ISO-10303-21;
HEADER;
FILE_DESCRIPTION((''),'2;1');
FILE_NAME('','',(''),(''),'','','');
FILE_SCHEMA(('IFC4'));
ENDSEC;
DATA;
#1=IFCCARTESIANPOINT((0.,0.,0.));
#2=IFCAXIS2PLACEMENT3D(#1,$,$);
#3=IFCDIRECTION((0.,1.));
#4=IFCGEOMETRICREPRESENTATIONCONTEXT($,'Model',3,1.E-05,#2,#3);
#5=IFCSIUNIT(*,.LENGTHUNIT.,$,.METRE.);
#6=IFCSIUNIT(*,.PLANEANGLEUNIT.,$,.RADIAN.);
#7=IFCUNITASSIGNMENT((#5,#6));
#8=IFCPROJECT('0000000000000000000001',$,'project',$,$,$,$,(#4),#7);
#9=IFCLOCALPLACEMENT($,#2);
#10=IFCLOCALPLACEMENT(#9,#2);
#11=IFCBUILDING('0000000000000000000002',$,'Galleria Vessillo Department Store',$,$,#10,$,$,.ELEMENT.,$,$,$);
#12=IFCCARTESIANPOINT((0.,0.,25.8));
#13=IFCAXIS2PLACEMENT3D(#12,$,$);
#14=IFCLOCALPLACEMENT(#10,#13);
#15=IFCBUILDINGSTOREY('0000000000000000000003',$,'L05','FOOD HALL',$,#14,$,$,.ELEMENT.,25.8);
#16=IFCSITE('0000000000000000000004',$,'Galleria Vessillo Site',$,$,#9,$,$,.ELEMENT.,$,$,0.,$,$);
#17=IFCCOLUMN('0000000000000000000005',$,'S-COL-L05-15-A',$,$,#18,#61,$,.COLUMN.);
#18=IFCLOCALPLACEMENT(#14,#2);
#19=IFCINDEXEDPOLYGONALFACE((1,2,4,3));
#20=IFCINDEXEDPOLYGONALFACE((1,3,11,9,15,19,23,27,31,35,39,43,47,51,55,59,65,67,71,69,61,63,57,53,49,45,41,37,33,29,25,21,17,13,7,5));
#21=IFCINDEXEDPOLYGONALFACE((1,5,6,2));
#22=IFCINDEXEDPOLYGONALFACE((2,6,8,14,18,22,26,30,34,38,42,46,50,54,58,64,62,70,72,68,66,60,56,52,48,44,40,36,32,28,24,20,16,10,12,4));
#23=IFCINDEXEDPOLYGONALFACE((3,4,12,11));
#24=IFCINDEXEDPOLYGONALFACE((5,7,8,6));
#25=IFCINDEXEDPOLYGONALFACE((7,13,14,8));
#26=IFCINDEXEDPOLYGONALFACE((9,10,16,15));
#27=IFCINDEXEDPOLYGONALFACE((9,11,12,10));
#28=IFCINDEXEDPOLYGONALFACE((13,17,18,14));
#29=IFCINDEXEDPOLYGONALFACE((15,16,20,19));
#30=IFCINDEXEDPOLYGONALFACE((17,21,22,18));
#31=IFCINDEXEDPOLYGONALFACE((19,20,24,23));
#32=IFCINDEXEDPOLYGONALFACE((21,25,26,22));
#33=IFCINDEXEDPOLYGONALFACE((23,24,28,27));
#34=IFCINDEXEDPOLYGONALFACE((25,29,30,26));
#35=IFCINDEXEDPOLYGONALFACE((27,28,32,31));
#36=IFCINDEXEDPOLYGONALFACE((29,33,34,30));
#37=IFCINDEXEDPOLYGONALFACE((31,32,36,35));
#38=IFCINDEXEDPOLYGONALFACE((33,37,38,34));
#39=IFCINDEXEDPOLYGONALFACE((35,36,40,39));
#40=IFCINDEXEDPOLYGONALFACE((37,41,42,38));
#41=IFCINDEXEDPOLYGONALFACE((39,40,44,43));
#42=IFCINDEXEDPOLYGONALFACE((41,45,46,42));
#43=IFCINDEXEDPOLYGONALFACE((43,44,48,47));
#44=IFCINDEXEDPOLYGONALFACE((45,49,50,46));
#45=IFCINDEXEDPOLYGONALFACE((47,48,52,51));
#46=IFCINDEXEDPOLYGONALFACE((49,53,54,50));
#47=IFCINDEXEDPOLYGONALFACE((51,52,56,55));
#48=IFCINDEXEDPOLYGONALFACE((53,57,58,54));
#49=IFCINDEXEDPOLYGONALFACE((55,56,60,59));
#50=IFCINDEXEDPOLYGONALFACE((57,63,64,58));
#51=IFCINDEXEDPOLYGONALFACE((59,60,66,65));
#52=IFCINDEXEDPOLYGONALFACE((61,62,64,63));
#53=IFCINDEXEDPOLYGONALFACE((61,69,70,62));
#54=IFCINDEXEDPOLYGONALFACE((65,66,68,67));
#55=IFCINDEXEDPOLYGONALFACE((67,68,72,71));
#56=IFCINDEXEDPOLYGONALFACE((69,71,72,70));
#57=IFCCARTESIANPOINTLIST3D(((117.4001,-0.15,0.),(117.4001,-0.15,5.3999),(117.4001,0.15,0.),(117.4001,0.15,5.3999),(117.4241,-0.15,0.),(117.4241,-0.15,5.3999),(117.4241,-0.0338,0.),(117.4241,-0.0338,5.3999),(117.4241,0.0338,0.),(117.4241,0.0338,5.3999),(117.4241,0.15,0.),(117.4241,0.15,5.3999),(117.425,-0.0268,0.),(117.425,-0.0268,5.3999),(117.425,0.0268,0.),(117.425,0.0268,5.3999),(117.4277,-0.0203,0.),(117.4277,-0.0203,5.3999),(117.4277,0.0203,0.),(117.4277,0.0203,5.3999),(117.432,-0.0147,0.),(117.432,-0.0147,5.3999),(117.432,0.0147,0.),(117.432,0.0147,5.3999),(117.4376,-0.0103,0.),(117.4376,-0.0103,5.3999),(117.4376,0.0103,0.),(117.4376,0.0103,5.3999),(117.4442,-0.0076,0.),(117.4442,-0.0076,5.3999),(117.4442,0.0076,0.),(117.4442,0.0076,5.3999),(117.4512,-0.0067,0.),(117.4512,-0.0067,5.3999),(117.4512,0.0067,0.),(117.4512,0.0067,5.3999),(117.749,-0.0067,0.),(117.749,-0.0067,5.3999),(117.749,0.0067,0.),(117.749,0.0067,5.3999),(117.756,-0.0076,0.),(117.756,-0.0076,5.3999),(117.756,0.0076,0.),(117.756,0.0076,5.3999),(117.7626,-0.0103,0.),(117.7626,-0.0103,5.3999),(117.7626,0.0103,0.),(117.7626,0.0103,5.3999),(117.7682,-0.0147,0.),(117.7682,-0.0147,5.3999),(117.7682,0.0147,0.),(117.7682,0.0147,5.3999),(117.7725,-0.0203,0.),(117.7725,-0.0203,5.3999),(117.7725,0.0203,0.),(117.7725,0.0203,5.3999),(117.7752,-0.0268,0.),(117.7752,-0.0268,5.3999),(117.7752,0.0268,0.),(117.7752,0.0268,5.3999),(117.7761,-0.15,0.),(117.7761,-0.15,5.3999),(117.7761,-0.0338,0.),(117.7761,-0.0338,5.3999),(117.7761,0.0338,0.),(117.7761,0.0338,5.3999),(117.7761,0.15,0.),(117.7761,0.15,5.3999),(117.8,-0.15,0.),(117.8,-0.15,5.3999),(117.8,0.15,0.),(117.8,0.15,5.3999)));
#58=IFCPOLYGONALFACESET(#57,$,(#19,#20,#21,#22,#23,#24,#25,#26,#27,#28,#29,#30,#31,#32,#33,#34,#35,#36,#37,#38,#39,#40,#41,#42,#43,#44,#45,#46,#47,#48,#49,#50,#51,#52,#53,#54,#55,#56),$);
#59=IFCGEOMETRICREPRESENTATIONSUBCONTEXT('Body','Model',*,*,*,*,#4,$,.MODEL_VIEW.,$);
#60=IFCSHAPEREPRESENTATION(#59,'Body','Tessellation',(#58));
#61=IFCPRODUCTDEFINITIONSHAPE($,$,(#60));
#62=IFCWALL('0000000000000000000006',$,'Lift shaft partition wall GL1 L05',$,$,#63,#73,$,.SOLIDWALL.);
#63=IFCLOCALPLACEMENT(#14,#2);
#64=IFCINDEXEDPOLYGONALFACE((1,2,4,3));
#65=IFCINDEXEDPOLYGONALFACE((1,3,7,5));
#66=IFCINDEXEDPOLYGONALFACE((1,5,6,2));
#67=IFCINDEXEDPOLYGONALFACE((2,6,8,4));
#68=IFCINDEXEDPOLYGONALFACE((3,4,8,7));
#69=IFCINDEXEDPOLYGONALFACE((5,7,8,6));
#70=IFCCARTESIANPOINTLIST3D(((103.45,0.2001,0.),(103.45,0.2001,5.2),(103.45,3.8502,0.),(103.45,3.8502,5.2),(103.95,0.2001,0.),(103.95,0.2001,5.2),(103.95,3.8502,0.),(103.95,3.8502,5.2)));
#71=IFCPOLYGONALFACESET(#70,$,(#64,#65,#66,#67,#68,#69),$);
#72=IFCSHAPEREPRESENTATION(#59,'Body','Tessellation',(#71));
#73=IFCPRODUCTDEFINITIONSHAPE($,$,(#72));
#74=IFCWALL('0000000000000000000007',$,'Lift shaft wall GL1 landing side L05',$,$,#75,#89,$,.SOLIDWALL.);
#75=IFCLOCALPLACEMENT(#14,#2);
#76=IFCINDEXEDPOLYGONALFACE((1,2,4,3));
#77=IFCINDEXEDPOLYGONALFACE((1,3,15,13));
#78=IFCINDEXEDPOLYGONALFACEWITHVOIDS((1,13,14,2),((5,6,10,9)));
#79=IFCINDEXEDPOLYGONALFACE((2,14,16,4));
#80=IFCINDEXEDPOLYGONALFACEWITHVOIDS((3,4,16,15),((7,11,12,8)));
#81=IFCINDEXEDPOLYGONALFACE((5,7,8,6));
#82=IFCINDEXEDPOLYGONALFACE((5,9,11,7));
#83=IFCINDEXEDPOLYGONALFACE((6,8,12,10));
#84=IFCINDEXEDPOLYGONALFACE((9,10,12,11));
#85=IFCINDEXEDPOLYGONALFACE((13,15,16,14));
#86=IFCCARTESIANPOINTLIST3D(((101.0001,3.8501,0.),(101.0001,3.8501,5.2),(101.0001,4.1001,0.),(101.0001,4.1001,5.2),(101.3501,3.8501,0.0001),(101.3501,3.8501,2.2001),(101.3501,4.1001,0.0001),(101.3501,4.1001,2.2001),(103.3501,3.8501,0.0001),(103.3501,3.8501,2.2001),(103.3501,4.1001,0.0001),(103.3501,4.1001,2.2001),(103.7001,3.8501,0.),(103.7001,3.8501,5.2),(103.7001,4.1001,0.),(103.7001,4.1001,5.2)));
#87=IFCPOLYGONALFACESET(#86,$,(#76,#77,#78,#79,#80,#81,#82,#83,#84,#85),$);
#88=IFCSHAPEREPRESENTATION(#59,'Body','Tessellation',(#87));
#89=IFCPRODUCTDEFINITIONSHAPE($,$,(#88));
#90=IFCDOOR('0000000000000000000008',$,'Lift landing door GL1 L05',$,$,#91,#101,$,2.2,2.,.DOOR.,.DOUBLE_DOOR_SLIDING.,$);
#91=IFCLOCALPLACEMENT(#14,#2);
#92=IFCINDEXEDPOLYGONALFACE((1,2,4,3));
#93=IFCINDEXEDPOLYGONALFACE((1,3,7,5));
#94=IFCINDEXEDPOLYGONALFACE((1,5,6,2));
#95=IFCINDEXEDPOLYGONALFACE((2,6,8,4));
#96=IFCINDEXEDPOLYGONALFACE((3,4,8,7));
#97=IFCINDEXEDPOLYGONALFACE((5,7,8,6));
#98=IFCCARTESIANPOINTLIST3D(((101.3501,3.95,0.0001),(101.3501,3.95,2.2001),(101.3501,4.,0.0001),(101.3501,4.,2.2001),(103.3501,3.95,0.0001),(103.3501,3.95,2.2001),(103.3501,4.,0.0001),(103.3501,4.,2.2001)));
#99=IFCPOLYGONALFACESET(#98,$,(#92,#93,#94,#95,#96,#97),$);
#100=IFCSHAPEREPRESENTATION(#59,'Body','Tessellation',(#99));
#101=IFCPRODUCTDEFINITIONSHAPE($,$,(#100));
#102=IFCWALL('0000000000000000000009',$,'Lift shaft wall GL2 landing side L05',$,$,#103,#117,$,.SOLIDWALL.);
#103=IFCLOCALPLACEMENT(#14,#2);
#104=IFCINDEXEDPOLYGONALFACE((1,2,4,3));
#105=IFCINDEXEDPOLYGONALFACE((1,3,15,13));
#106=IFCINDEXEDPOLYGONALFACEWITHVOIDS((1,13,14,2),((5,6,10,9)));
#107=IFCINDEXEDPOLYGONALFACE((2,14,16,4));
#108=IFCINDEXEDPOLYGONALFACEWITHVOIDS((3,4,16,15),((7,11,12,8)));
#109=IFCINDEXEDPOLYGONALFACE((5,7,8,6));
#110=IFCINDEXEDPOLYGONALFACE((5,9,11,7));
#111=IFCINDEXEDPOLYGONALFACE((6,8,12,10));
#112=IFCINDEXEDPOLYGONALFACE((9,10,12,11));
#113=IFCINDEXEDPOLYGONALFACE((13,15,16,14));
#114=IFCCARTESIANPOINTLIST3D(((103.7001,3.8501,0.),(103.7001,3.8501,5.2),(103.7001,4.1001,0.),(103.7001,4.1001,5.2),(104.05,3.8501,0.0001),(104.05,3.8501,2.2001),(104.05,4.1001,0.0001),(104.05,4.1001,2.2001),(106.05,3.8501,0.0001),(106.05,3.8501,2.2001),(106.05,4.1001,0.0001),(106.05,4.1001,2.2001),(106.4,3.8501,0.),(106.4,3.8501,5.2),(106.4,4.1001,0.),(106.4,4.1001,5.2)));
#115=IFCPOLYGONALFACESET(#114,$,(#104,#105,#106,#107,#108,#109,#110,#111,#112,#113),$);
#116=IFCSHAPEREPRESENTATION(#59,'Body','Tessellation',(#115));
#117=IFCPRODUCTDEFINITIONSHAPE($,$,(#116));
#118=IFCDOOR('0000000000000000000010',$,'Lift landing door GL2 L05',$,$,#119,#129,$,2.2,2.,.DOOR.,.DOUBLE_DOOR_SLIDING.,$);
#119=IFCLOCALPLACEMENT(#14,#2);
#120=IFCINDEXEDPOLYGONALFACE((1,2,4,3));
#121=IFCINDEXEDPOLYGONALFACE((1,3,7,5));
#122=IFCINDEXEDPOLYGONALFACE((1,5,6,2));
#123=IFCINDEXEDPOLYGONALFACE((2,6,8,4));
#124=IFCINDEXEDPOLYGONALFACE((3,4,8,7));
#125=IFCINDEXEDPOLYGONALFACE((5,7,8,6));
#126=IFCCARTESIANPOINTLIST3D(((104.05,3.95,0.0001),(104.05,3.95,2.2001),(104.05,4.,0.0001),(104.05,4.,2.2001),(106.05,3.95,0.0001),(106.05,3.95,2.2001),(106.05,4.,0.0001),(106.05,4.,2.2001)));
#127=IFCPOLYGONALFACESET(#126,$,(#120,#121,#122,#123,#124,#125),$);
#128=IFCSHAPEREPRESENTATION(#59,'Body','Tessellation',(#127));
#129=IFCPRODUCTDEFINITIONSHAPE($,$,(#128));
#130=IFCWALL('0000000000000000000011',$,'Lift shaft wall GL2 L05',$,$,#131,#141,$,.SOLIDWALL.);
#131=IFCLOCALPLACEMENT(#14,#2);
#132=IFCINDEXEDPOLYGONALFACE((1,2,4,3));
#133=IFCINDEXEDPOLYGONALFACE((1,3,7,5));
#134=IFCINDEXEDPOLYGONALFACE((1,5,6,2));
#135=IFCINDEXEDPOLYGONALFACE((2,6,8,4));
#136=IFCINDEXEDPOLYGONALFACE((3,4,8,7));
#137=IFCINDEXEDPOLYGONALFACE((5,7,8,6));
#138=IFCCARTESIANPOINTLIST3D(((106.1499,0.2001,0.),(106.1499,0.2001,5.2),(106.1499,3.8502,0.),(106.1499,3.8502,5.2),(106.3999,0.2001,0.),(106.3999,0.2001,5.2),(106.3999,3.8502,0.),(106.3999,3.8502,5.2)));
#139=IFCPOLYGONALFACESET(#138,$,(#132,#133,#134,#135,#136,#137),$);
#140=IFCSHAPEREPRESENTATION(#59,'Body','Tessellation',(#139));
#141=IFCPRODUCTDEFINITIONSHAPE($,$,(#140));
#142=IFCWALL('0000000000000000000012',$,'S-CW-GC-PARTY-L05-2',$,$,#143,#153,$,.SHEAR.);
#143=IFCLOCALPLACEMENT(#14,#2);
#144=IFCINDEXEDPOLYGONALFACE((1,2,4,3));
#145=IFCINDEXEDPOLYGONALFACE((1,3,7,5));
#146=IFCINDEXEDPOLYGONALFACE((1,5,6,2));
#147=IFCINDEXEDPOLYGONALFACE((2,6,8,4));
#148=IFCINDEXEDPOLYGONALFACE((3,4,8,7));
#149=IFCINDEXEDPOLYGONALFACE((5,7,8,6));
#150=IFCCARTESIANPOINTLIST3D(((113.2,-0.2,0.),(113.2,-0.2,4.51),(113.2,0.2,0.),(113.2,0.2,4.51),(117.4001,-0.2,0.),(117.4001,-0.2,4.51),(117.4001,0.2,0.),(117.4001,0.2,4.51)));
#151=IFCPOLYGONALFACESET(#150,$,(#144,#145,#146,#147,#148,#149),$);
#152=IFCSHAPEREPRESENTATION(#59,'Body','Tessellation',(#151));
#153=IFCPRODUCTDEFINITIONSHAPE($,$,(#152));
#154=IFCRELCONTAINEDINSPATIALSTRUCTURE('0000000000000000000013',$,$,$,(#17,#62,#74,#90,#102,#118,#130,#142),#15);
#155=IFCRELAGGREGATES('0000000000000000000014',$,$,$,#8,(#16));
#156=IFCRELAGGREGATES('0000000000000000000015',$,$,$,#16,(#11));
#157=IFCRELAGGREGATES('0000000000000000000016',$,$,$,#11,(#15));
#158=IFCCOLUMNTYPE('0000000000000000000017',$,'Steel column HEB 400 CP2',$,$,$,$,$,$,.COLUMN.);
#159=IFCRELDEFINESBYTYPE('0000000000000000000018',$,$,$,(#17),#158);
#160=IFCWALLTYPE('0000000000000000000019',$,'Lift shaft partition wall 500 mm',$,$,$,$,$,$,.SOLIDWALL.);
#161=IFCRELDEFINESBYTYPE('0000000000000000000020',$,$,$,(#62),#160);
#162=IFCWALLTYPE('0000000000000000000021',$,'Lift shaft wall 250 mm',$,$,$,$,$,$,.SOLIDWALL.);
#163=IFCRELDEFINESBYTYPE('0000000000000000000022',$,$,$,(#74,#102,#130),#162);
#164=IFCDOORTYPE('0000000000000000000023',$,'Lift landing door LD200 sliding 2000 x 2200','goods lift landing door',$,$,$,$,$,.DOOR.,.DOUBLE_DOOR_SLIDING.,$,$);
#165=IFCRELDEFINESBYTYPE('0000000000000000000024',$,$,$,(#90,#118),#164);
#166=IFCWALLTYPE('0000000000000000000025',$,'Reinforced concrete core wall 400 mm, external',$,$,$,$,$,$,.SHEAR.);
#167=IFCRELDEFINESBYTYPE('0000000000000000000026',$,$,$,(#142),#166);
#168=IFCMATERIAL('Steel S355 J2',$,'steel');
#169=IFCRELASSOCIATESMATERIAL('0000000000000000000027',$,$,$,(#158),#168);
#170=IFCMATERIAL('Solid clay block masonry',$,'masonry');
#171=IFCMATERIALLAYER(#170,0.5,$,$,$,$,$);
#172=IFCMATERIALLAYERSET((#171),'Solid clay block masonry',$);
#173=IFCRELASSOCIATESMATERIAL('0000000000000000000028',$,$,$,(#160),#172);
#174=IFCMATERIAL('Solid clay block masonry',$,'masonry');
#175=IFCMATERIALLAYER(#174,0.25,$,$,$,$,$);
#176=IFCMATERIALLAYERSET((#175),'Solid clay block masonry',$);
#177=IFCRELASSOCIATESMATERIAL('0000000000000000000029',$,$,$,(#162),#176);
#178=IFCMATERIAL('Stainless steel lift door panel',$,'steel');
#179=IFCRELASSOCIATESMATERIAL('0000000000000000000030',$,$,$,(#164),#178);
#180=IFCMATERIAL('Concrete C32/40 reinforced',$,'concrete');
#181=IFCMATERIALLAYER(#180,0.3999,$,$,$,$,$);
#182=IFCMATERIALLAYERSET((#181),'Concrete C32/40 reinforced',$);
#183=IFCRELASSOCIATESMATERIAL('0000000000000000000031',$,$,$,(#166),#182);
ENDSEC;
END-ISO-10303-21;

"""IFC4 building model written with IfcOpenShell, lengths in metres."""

from ifc_helpers import new_model, si_unit, direction, frame, frame_2d, origin, origin_2d, place, context, subcontext, project, spatial, rectangle, i_section, extrude, material, layer, layer_set, material_profile, profile_set, type_object, element, fill, save


model = new_model("IFC4")

# Units and contexts
model_context = context("Model", 3, precision=1e-05, world=origin(), true_north=direction((0.0, 1.0)))
body_context = subcontext(model_context, "Body", "Model", "MODEL_VIEW")
ifc_project = project(units=[si_unit("LENGTHUNIT", "METRE"), si_unit("PLANEANGLEUNIT", "RADIAN")], contexts=[model_context])

# Site, building, storey
site_placement = place(None, origin())
site = spatial("IfcSite", under=ifc_project, at=site_placement, Name="Galleria Vessillo Site", CompositionType="ELEMENT", RefElevation=0.0)
building_placement = place(site_placement, origin())
building = spatial("IfcBuilding", under=site, at=building_placement, Name="Galleria Vessillo Department Store", CompositionType="ELEMENT")
storey_placement = place(building_placement, frame((0.0, 0.0, 25.8)))
storey = spatial("IfcBuildingStorey", under=building, at=storey_placement, Name="L05", Description="FOOD HALL", CompositionType="ELEMENT", Elevation=25.8)

# Column
ifc_material_1 = material(Name="Steel S355 J2", Category="steel")
ifc_material_profile = material_profile(ifc_material_1, i_section(OverallWidth=0.3, OverallDepth=0.3999, WebThickness=0.0134, FlangeThickness=0.0239, FilletRadius=0.0271, at=origin_2d()), Name="HEB 400")
ifc_profile_set = profile_set([ifc_material_profile], Name="Steel S355 J2")
column_type = type_object("IfcColumnType", Name="Steel column HEB 400 CP2", PredefinedType="COLUMN", material=ifc_profile_set)
column_placement = place(storey_placement, frame((117.6001, 0.0, 0.0), z_axis=(0.0, 0.0, 1.0), x_axis=(0.0, 1.0, 0.0)))
element("IfcColumn", 1, at=column_placement, inside=storey, type_object=column_type, Name="S-COL-L05-15-A", PredefinedType="COLUMN", context=body_context, shape_type="SweptSolid", body=[
    extrude(i_section(OverallWidth=0.3, OverallDepth=0.3999, WebThickness=0.0134, FlangeThickness=0.0239, FilletRadius=0.0271, at=origin_2d()), origin(), (0.0, 0.0, 1.0), 5.3999),
])

# Wall
ifc_material_2 = material(Name="Solid clay block masonry", Category="masonry")
ifc_layer_1 = layer(ifc_material_2, 0.5)
ifc_layer_set_1 = layer_set([ifc_layer_1], Name="Solid clay block masonry")
wall_type_1 = type_object("IfcWallType", Name="Lift shaft partition wall 500 mm", PredefinedType="SOLIDWALL", material=ifc_layer_set_1)
wall_1_placement = place(storey_placement, frame((103.7, 0.2, 0.0), z_axis=(0.0, 0.0, 1.0), x_axis=(0.0, 1.0, 0.0)))
element("IfcWall", 2, at=wall_1_placement, inside=storey, type_object=wall_type_1, Name="Lift shaft partition wall GL1 L05", PredefinedType="SOLIDWALL", context=body_context, shape_type="SweptSolid", body=[
    extrude(rectangle(XDim=3.6501, YDim=0.5, at=frame_2d((1.8252, 0.0))), origin(), (0.0, 0.0, 1.0), 5.2),
])

# Walls, openings, doors
ifc_material_3 = material(Name="Solid clay block masonry", Category="masonry")
ifc_layer_2 = layer(ifc_material_3, 0.25)
ifc_layer_set_2 = layer_set([ifc_layer_2], Name="Solid clay block masonry")
wall_type_2 = type_object("IfcWallType", Name="Lift shaft wall 250 mm", PredefinedType="SOLIDWALL", material=ifc_layer_set_2)
wall_2_placement = place(storey_placement, frame((101.0, 3.9751, 0.0), z_axis=(0.0, 0.0, 1.0), x_axis=(1.0, 0.0, 0.0)))
wall_2 = element("IfcWall", 3, at=wall_2_placement, inside=storey, type_object=wall_type_2, Name="Lift shaft wall GL1 landing side L05", PredefinedType="SOLIDWALL", context=body_context, shape_type="SweptSolid", body=[
    extrude(rectangle(XDim=2.7, YDim=0.25, at=frame_2d((1.3501, 0.0))), origin(), (0.0, 0.0, 1.0), 5.2),
])
opening_1_placement = place(wall_2_placement, frame((0.3501, 0.0, 0.0)))
opening_1 = element("IfcOpeningElement", 4, at=opening_1_placement, cuts=wall_2, PredefinedType="OPENING", context=body_context, shape_type="SweptSolid", body=[
    extrude(rectangle(XDim=2.0, YDim=2.2, at=frame_2d((1.0, 1.1001))), frame((0.0, 0.135, 0.0), z_axis=(0.0, -1.0, 0.0), x_axis=(1.0, 0.0, 0.0)), (0.0, 0.0, 1.0), 0.27),
])
ifc_material_4 = material(Name="Stainless steel lift door panel", Category="steel")
door_type_1 = type_object("IfcDoorType", Name="Lift landing door LD200 sliding 2000 x 2200", Description="goods lift landing door", OperationType="DOUBLE_DOOR_SLIDING", PredefinedType="DOOR", material=ifc_material_4)
door_1_placement = place(opening_1_placement, origin())
door_1 = element("IfcDoor", 5, at=door_1_placement, inside=storey, type_object=door_type_1, Name="Lift landing door GL1 L05", OperationType="DOUBLE_DOOR_SLIDING", OverallHeight=2.2, OverallWidth=2.0, PredefinedType="DOOR", context=body_context, shape_type="SweptSolid", body=[
    extrude(rectangle(XDim=2.0, YDim=2.2, at=frame_2d((1.0, 1.1001))), frame((0.0, 0.0249, 0.0), z_axis=(0.0, -1.0, 0.0), x_axis=(1.0, 0.0, 0.0)), (0.0, 0.0, 1.0), 0.05),
])
fill(opening_1, door_1)
wall_3_placement = place(storey_placement, frame((103.7, 3.9751, 0.0), z_axis=(0.0, 0.0, 1.0), x_axis=(1.0, 0.0, 0.0)))
wall_3 = element("IfcWall", 6, at=wall_3_placement, inside=storey, type_object=wall_type_2, Name="Lift shaft wall GL2 landing side L05", PredefinedType="SOLIDWALL", context=body_context, shape_type="SweptSolid", body=[
    extrude(rectangle(XDim=2.7, YDim=0.25, at=frame_2d((1.3501, 0.0))), origin(), (0.0, 0.0, 1.0), 5.2),
])
opening_2_placement = place(wall_3_placement, frame((0.3501, 0.0, 0.0)))
opening_2 = element("IfcOpeningElement", 7, at=opening_2_placement, cuts=wall_3, PredefinedType="OPENING", context=body_context, shape_type="SweptSolid", body=[
    extrude(rectangle(XDim=2.0, YDim=2.2, at=frame_2d((1.0, 1.1001))), frame((0.0, 0.135, 0.0), z_axis=(0.0, -1.0, 0.0), x_axis=(1.0, 0.0, 0.0)), (0.0, 0.0, 1.0), 0.27),
])
door_2_placement = place(opening_2_placement, origin())
door_2 = element("IfcDoor", 8, at=door_2_placement, inside=storey, type_object=door_type_1, Name="Lift landing door GL2 L05", OperationType="DOUBLE_DOOR_SLIDING", OverallHeight=2.2, OverallWidth=2.0, PredefinedType="DOOR", context=body_context, shape_type="SweptSolid", body=[
    extrude(rectangle(XDim=2.0, YDim=2.2, at=frame_2d((1.0, 1.1001))), frame((0.0, 0.0249, 0.0), z_axis=(0.0, -1.0, 0.0), x_axis=(1.0, 0.0, 0.0)), (0.0, 0.0, 1.0), 0.05),
])
fill(opening_2, door_2)

# Walls
wall_4_placement = place(storey_placement, frame((106.2749, 0.2, 0.0), z_axis=(0.0, 0.0, 1.0), x_axis=(0.0, 1.0, 0.0)))
element("IfcWall", 9, at=wall_4_placement, inside=storey, type_object=wall_type_2, Name="Lift shaft wall GL2 L05", PredefinedType="SOLIDWALL", context=body_context, shape_type="SweptSolid", body=[
    extrude(rectangle(XDim=3.6501, YDim=0.25, at=frame_2d((1.8252, 0.0))), origin(), (0.0, 0.0, 1.0), 5.2),
])
ifc_material_5 = material(Name="Concrete C32/40 reinforced", Category="concrete")
ifc_layer_3 = layer(ifc_material_5, 0.3999)
ifc_layer_set_3 = layer_set([ifc_layer_3], Name="Concrete C32/40 reinforced")
wall_type_3 = type_object("IfcWallType", Name="Reinforced concrete core wall 400 mm, external", PredefinedType="SHEAR", material=ifc_layer_set_3)
wall_5_placement = place(storey_placement, frame((113.2, 0.0, 0.0), z_axis=(0.0, 0.0, 1.0), x_axis=(1.0, 0.0, 0.0)))
element("IfcWall", 10, at=wall_5_placement, inside=storey, type_object=wall_type_3, Name="S-CW-GC-PARTY-L05-2", PredefinedType="SHEAR", context=body_context, shape_type="SweptSolid", body=[
    extrude(rectangle(XDim=4.2002, YDim=0.3999, at=frame_2d((2.1001, 0.0))), origin(), (0.0, 0.0, 1.0), 4.51),
])

save(model, "model.ifc")
